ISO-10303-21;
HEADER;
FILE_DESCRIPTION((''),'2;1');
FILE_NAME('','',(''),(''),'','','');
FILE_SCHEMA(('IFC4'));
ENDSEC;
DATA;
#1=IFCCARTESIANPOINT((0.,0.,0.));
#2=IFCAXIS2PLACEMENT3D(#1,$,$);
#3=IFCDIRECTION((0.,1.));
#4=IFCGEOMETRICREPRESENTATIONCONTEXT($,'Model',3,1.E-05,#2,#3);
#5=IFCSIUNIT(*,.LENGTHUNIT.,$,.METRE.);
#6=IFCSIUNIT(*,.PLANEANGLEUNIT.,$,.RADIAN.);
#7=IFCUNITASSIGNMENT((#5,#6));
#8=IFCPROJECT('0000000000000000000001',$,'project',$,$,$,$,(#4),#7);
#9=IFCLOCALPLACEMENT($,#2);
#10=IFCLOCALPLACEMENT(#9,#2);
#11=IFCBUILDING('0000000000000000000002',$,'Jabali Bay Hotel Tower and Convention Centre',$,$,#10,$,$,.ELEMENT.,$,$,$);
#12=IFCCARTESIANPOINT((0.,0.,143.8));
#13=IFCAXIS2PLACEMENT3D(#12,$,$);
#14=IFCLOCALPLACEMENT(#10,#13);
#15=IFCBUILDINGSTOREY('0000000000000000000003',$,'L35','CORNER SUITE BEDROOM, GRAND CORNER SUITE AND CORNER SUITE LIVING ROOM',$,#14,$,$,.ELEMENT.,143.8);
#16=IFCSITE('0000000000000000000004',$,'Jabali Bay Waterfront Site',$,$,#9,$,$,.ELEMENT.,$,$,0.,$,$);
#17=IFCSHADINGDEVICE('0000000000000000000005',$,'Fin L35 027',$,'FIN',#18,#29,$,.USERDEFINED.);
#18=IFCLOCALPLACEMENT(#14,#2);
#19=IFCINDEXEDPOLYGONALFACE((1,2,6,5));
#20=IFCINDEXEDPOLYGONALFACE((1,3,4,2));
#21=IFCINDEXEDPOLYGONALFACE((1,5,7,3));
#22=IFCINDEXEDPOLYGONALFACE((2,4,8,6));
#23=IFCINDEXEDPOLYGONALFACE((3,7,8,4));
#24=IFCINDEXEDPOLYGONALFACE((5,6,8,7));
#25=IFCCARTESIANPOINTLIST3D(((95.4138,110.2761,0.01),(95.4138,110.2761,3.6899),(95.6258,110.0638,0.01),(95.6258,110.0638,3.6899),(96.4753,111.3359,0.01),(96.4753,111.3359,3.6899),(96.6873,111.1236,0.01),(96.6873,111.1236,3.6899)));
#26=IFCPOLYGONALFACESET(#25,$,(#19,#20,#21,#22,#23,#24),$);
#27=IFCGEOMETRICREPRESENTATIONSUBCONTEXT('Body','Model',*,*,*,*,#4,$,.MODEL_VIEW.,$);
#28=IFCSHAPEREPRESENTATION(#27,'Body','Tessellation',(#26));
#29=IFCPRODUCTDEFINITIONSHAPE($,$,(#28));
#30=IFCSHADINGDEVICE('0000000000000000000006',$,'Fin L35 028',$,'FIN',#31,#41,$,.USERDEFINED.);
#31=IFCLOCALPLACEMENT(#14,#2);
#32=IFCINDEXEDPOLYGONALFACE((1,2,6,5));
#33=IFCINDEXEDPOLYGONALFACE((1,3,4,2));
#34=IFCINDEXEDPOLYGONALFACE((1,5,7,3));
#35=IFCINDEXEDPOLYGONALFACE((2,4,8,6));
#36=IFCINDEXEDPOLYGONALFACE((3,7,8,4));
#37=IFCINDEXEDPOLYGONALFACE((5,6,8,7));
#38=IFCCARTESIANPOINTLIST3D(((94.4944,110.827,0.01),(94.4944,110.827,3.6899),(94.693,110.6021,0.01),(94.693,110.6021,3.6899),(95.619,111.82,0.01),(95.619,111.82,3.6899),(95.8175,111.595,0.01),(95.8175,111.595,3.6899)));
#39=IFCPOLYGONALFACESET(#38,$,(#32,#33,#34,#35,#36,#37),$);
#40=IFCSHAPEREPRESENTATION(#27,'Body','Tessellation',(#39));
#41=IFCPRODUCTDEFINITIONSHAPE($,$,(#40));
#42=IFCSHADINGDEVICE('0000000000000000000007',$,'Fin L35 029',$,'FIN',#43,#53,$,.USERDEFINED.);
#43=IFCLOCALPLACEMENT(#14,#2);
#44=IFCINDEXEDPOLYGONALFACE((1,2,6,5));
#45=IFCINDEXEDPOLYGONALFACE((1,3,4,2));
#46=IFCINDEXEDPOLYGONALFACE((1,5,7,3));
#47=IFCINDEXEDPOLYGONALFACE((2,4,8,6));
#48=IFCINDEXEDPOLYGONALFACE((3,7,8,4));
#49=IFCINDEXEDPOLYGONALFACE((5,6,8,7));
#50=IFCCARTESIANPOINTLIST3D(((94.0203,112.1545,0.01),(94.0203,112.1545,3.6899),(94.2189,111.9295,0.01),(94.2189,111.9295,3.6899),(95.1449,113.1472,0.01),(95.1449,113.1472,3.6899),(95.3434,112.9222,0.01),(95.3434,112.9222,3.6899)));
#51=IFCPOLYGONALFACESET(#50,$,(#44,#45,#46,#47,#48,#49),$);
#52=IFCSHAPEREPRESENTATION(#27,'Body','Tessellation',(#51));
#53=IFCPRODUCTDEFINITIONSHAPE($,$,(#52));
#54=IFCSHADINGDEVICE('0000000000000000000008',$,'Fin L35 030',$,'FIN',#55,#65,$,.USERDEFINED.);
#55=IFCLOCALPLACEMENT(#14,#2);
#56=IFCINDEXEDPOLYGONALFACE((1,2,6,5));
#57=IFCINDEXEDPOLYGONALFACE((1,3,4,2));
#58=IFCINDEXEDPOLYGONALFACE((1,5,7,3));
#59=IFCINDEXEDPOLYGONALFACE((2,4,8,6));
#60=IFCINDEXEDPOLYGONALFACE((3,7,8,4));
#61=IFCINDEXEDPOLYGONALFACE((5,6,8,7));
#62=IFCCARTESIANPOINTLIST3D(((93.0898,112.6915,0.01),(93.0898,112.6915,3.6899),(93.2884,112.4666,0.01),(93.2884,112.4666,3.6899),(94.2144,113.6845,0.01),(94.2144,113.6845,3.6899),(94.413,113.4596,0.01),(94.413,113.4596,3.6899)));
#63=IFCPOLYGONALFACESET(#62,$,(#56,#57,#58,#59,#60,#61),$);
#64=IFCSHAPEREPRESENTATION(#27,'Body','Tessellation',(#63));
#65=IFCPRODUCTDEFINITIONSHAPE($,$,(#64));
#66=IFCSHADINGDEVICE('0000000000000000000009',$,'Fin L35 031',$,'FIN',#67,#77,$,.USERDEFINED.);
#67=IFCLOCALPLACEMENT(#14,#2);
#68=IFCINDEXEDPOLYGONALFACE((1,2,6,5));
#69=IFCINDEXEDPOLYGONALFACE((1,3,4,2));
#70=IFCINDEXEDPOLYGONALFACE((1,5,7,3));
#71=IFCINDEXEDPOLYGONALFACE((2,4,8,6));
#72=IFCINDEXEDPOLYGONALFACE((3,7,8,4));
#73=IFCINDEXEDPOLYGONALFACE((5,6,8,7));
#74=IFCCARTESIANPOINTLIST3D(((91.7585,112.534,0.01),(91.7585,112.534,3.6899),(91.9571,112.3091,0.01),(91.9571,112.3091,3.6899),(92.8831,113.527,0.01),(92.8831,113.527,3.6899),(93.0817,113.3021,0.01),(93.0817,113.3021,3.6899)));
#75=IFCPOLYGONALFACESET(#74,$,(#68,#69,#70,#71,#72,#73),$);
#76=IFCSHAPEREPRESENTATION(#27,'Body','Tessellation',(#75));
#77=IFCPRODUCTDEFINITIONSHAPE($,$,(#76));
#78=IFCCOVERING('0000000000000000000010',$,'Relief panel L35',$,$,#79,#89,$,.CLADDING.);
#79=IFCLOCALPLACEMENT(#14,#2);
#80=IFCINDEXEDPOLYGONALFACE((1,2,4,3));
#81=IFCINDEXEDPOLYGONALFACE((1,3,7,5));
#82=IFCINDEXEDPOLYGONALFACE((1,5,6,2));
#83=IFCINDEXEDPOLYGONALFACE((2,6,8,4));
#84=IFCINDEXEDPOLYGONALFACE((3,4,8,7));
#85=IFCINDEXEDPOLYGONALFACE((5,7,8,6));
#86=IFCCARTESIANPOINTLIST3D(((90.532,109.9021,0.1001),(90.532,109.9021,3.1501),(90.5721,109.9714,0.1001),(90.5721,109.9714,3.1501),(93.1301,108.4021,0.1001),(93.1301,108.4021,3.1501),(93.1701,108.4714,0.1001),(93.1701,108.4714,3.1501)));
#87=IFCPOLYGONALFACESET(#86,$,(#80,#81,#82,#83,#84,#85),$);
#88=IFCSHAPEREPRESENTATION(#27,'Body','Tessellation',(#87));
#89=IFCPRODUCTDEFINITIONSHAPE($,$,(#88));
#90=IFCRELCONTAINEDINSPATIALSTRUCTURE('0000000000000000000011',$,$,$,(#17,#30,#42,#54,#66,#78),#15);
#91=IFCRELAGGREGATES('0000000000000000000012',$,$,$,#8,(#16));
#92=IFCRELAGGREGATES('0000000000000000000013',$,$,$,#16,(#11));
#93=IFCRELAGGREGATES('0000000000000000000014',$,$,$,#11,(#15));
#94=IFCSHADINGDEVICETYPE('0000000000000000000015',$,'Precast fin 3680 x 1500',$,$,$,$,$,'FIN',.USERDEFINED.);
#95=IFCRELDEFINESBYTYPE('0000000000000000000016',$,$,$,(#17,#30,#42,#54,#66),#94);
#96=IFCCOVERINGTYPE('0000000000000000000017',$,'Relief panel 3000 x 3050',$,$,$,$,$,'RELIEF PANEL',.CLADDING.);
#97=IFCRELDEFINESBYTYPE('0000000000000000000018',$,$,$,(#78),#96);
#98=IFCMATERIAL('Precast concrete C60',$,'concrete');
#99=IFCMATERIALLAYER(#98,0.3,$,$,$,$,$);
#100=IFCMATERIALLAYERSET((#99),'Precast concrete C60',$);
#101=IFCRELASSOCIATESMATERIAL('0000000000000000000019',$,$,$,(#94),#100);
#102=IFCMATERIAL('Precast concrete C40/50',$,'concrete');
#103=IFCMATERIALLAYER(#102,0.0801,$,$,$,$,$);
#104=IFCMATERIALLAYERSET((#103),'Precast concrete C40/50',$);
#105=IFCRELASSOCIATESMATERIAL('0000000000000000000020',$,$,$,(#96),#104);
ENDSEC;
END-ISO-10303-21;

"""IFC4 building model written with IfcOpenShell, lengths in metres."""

from ifc_helpers import new_model, si_unit, direction, frame, frame_2d, origin, origin_2d, place, context, subcontext, project, spatial, rectangle, extrude, material, layer, layer_set, type_object, element, save


model = new_model("IFC4")

# Units and contexts
model_context = context("Model", 3, precision=1e-05, world=origin(), true_north=direction((0.0, 1.0)))
body_context = subcontext(model_context, "Body", "Model", "MODEL_VIEW")
ifc_project = project(units=[si_unit("LENGTHUNIT", "METRE"), si_unit("PLANEANGLEUNIT", "RADIAN")], contexts=[model_context])

# Site, building, storey
site_placement = place(None, origin())
site = spatial("IfcSite", under=ifc_project, at=site_placement, Name="Jabali Bay Waterfront Site", CompositionType="ELEMENT", RefElevation=0.0)
building_placement = place(site_placement, origin())
building = spatial("IfcBuilding", under=site, at=building_placement, Name="Jabali Bay Hotel Tower and Convention Centre", CompositionType="ELEMENT")
storey_placement = place(building_placement, frame((0.0, 0.0, 143.8)))
storey = spatial("IfcBuildingStorey", under=building, at=storey_placement, Name="L35", Description="CORNER SUITE BEDROOM, GRAND CORNER SUITE AND CORNER SUITE LIVING ROOM", CompositionType="ELEMENT", Elevation=143.8)

# Shading devices
ifc_material_1 = material(Name="Precast concrete C60", Category="concrete")
ifc_layer_1 = layer(ifc_material_1, 0.3)
ifc_layer_set_1 = layer_set([ifc_layer_1], Name="Precast concrete C60")
shading_device_type_1 = type_object("IfcShadingDeviceType", Name="Precast fin 3680 x 1500", ElementType="FIN", PredefinedType="USERDEFINED", material=ifc_layer_set_1)
shading_device_1_placement = place(storey_placement, frame((95.5198, 110.1699, 0.01), z_axis=(0.0, 0.0, 1.0), x_axis=(0.707676, 0.706537, 0.0)))
element("IfcShadingDevice", 1, at=shading_device_1_placement, inside=storey, type_object=shading_device_type_1, Name="Fin L35 027", ObjectType="FIN", PredefinedType="USERDEFINED", context=body_context, shape_type="SweptSolid", body=[
    extrude(rectangle(XDim=1.5, YDim=0.3, at=frame_2d((0.75, 0.0))), origin(), (0.0, 0.0, 1.0), 3.6799),
])
shading_device_2_placement = place(storey_placement, frame((94.5938, 110.7146, 0.01), z_axis=(0.0, 0.0, 1.0), x_axis=(0.749605, 0.661885, 0.0)))
element("IfcShadingDevice", 2, at=shading_device_2_placement, inside=storey, type_object=shading_device_type_1, Name="Fin L35 028", ObjectType="FIN", PredefinedType="USERDEFINED", context=body_context, shape_type="SweptSolid", body=[
    extrude(rectangle(XDim=1.5002, YDim=0.3, at=frame_2d((0.75, 0.0))), origin(), (0.0, 0.0, 1.0), 3.6799),
])
shading_device_3_placement = place(storey_placement, frame((94.1196, 112.042, 0.01), z_axis=(0.0, 0.0, 1.0), x_axis=(0.749686, 0.661794, 0.0)))
element("IfcShadingDevice", 3, at=shading_device_3_placement, inside=storey, type_object=shading_device_type_1, Name="Fin L35 029", ObjectType="FIN", PredefinedType="USERDEFINED", context=body_context, shape_type="SweptSolid", body=[
    extrude(rectangle(XDim=1.5, YDim=0.3, at=frame_2d((0.75, 0.0))), origin(), (0.0, 0.0, 1.0), 3.6799),
])
for number, where, z_axis, x_axis, name in (
    (4, (93.1892, 112.5791, 0.01), (0.0, 0.0, 1.0), (0.749605, 0.661885, 0.0), "Fin L35 030"),
    (5, (91.8579, 112.4216, 0.01), (0.0, 0.0, 1.0), (0.749605, 0.661885, 0.0), "Fin L35 031"),
):
    element("IfcShadingDevice", number, at=place(storey_placement, frame(where, z_axis=z_axis, x_axis=x_axis)), inside=storey, type_object=shading_device_type_1, Name=name, ObjectType="FIN", PredefinedType="USERDEFINED", context=body_context, shape_type="SweptSolid", body=[
        extrude(rectangle(XDim=1.5002, YDim=0.3, at=frame_2d((0.75, 0.0))), origin(), (0.0, 0.0, 1.0), 3.6799),
    ])

# Covering
ifc_material_2 = material(Name="Precast concrete C40/50", Category="concrete")
ifc_layer_2 = layer(ifc_material_2, 0.0801)
ifc_layer_set_2 = layer_set([ifc_layer_2], Name="Precast concrete C40/50")
covering_type = type_object("IfcCoveringType", Name="Relief panel 3000 x 3050", ElementType="RELIEF PANEL", PredefinedType="CLADDING", material=ifc_layer_set_2)
covering_placement = place(storey_placement, frame((91.8511, 109.1868, 0.1001), z_axis=(0.0, 0.0, 1.0), x_axis=(0.866025, -0.5, 0.0)))
element("IfcCovering", 6, at=covering_placement, inside=storey, type_object=covering_type, Name="Relief panel L35", PredefinedType="CLADDING", context=body_context, shape_type="SweptSolid", body=[
    extrude(rectangle(XDim=3.0, YDim=0.0801, at=origin_2d()), origin(), (0.0, 0.0, 1.0), 3.05),
])

save(model, "model.ifc")
